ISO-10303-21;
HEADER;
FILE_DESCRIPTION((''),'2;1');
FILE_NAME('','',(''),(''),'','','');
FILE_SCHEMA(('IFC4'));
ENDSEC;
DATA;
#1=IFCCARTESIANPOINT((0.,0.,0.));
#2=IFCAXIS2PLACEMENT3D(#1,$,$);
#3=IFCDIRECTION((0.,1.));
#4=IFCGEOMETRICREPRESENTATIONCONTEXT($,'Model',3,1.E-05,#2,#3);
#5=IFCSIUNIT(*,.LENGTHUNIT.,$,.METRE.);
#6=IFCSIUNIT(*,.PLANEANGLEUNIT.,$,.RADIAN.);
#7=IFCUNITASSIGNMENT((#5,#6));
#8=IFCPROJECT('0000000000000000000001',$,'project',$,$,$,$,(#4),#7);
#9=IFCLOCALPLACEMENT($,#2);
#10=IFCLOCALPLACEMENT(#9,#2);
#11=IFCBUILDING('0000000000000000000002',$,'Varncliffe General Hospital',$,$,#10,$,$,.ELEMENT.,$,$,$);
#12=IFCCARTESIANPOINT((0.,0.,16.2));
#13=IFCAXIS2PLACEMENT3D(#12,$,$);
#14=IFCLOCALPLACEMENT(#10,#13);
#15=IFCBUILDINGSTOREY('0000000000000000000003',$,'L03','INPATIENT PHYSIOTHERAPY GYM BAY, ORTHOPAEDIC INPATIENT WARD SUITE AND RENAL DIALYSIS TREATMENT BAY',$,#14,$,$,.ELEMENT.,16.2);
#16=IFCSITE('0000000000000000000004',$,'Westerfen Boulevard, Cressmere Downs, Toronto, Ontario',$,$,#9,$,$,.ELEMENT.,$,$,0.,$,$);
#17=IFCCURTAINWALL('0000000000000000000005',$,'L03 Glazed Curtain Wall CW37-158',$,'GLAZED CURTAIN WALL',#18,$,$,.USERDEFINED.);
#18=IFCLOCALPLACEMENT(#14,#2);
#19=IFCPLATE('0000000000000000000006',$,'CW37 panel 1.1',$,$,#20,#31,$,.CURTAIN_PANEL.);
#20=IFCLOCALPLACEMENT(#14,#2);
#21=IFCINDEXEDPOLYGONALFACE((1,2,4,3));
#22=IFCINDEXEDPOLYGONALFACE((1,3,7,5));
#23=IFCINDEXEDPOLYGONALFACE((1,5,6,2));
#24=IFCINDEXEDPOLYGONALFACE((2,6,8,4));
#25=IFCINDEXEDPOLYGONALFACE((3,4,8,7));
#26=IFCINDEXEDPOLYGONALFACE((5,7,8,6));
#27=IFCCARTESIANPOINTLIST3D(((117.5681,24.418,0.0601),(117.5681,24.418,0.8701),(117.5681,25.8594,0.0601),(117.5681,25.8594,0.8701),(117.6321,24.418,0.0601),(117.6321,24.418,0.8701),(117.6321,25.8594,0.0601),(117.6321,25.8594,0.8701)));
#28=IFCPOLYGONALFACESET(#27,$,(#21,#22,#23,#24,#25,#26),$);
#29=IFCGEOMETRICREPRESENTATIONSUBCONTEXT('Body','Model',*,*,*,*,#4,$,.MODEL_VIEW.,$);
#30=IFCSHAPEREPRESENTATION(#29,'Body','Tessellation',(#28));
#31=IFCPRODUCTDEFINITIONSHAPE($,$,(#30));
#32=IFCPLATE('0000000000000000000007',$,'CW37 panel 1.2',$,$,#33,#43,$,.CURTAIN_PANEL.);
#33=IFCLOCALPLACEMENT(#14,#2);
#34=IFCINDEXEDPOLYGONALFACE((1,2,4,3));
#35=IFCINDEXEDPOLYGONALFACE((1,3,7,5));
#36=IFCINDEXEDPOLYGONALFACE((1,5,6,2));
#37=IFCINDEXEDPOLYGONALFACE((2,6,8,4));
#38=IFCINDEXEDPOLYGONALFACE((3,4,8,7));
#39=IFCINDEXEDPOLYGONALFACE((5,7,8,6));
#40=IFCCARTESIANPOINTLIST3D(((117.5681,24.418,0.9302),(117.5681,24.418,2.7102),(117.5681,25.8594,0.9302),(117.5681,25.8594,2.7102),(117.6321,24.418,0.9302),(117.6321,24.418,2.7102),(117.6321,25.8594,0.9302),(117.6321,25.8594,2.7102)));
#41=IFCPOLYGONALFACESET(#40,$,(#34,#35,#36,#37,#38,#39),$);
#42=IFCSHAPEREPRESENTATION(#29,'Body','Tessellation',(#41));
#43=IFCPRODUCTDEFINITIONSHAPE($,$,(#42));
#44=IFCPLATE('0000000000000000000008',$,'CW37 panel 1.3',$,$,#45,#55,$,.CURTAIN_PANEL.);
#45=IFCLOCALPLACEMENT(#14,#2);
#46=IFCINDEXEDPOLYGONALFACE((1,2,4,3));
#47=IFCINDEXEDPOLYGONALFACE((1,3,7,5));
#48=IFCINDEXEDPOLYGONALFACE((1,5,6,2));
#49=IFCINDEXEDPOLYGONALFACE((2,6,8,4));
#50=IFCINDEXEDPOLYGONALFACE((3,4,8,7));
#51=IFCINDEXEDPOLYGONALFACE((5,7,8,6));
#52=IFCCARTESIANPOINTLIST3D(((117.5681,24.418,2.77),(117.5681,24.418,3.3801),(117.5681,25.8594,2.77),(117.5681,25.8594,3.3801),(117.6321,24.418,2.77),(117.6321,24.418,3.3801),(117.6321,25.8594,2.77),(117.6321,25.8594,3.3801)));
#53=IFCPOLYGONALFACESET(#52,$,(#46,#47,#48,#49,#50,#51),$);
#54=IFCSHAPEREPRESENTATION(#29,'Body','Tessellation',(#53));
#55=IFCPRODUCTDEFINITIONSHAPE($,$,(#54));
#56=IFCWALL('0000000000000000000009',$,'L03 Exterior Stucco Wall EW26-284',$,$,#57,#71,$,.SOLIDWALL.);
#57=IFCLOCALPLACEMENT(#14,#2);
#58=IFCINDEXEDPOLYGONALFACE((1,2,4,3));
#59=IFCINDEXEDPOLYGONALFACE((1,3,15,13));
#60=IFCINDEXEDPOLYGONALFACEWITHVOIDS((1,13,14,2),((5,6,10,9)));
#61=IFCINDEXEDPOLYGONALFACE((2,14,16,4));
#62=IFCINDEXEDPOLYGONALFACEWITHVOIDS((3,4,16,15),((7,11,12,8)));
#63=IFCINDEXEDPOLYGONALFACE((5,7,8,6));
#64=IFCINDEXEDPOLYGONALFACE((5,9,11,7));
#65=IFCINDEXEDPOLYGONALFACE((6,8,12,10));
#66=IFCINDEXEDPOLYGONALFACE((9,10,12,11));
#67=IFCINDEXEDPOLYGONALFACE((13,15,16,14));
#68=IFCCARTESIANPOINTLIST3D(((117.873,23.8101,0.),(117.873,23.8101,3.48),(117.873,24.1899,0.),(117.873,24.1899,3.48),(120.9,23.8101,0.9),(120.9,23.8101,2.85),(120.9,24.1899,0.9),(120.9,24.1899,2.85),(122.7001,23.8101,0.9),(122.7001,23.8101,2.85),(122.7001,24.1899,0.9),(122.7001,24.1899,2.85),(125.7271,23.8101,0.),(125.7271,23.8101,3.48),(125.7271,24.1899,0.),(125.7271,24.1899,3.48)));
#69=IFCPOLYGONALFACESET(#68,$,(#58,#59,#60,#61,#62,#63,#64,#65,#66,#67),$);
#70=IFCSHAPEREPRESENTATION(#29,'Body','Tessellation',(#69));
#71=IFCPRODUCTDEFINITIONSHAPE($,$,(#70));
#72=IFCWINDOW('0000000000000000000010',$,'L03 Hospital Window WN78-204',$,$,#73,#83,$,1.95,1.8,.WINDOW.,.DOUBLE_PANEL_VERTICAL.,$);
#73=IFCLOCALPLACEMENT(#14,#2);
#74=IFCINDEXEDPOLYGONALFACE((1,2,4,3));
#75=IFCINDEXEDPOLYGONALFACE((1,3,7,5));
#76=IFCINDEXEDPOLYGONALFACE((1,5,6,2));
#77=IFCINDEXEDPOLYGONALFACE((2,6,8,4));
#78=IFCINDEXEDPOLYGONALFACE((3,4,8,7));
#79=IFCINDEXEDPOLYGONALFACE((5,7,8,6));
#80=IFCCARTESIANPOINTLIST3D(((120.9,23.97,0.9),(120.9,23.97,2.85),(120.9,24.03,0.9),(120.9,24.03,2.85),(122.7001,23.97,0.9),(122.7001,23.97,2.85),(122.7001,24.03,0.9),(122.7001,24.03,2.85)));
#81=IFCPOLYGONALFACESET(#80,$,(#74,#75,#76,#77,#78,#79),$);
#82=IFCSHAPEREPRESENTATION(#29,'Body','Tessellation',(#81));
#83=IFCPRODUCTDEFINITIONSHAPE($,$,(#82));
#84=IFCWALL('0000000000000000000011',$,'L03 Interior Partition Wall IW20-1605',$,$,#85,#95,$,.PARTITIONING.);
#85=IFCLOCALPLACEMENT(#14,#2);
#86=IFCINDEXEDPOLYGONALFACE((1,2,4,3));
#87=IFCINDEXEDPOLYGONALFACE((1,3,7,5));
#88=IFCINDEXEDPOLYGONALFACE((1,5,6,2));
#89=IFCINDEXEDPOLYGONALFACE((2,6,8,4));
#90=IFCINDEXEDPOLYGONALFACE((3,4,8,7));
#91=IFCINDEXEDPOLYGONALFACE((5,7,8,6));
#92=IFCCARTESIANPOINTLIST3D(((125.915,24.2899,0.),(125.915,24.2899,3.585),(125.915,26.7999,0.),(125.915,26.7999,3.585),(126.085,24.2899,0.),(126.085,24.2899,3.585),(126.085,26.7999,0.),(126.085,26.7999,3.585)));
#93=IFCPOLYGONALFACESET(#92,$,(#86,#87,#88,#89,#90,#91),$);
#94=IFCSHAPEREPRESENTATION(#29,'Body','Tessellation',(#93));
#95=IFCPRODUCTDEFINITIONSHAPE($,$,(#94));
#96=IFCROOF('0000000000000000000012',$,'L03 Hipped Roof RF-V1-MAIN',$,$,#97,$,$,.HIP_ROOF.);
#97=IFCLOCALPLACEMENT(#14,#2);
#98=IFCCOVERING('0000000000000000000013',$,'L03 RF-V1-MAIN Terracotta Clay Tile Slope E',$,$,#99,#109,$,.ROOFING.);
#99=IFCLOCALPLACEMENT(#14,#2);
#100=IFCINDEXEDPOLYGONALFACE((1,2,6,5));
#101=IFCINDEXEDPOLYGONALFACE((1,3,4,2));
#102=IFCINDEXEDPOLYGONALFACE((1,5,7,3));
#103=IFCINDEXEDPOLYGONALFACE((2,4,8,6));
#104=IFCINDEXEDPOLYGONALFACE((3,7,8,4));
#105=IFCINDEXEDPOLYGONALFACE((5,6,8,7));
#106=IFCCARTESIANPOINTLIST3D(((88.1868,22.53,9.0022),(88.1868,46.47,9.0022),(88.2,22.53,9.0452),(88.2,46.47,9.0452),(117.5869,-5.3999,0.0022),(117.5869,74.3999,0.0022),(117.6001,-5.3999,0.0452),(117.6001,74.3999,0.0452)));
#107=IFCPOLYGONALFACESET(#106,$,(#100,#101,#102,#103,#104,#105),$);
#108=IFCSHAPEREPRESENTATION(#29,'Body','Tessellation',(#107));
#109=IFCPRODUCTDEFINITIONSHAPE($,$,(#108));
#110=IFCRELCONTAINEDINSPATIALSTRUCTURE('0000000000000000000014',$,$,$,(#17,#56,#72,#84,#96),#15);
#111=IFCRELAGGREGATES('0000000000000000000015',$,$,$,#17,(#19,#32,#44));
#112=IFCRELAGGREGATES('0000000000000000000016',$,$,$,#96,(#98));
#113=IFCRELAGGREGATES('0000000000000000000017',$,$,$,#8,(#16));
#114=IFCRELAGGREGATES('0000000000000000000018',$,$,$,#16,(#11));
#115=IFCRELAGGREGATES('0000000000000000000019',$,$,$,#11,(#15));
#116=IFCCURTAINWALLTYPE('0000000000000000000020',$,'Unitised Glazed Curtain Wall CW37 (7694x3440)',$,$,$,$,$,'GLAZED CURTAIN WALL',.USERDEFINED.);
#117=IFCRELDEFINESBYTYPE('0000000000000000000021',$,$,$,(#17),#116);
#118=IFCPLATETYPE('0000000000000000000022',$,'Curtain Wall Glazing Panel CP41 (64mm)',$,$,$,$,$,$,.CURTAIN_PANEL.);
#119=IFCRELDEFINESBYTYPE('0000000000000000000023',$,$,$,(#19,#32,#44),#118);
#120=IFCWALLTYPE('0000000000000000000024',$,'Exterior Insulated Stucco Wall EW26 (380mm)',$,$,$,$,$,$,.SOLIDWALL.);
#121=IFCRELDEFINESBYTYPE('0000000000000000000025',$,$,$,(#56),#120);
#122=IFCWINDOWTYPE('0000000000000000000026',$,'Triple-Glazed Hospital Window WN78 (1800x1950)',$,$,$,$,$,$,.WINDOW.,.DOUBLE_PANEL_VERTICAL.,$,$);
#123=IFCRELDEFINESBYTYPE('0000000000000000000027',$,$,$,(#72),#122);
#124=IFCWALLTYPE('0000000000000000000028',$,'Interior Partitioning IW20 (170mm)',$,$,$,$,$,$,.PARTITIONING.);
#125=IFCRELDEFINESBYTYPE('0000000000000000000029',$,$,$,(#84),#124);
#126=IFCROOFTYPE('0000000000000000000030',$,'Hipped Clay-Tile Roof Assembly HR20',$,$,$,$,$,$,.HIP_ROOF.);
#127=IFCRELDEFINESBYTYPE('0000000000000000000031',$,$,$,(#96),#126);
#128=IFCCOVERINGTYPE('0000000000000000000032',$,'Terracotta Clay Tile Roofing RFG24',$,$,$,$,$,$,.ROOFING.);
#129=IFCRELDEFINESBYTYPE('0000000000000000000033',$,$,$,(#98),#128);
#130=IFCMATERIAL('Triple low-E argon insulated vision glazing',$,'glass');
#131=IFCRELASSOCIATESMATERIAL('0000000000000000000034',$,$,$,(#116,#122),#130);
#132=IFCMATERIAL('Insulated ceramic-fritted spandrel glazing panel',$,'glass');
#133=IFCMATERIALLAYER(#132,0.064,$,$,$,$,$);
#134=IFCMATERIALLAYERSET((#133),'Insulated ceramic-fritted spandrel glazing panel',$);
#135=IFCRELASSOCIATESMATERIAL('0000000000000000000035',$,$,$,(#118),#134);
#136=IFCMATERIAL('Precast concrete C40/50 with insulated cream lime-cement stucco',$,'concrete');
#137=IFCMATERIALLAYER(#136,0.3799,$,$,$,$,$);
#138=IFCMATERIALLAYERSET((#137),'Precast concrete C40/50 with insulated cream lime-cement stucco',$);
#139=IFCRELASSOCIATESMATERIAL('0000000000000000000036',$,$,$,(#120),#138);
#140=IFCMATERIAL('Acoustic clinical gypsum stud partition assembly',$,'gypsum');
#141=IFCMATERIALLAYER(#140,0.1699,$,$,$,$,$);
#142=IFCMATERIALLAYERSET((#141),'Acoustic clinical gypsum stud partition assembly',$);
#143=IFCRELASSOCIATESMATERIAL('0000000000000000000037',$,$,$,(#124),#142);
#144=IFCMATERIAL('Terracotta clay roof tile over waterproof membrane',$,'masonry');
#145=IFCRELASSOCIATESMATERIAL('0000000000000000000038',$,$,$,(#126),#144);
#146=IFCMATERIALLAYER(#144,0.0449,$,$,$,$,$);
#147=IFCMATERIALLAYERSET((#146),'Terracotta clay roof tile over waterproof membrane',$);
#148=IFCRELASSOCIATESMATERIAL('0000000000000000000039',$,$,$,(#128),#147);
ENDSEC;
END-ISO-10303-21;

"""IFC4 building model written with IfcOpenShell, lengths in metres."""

from ifc_helpers import new_model, si_unit, direction, frame, frame_2d, origin, origin_2d, place, context, subcontext, project, spatial, polyline, rectangle, outline, extrude, material, layer, layer_set, type_object, element, fill, aggregate, save


model = new_model("IFC4")

# Units and contexts
model_context = context("Model", 3, precision=1e-05, world=origin(), true_north=direction((0.0, 1.0)))
body_context = subcontext(model_context, "Body", "Model", "MODEL_VIEW")
ifc_project = project(units=[si_unit("LENGTHUNIT", "METRE"), si_unit("PLANEANGLEUNIT", "RADIAN")], contexts=[model_context])

# Site, building, storey
site_placement = place(None, origin())
site = spatial("IfcSite", under=ifc_project, at=site_placement, Name="Westerfen Boulevard, Cressmere Downs, Toronto, Ontario", CompositionType="ELEMENT", RefElevation=0.0)
building_placement = place(site_placement, origin())
building = spatial("IfcBuilding", under=site, at=building_placement, Name="Varncliffe General Hospital", CompositionType="ELEMENT")
storey_placement = place(building_placement, frame((0.0, 0.0, 16.2)))
storey = spatial("IfcBuildingStorey", under=building, at=storey_placement, Name="L03", Description="INPATIENT PHYSIOTHERAPY GYM BAY, ORTHOPAEDIC INPATIENT WARD SUITE AND RENAL DIALYSIS TREATMENT BAY", CompositionType="ELEMENT", Elevation=16.2)

# Curtain wall
ifc_material_1 = material(Name="Triple low-E argon insulated vision glazing", Category="glass")
curtain_wall_type = type_object("IfcCurtainWallType", Name="Unitised Glazed Curtain Wall CW37 (7694x3440)", ElementType="GLAZED CURTAIN WALL", PredefinedType="USERDEFINED", material=ifc_material_1)
curtain_wall_placement = place(storey_placement, origin())
curtain_wall = element("IfcCurtainWall", 1, at=curtain_wall_placement, inside=storey, type_object=curtain_wall_type, Name="L03 Glazed Curtain Wall CW37-158", ObjectType="GLAZED CURTAIN WALL", PredefinedType="USERDEFINED")

# Plates
ifc_material_2 = material(Name="Insulated ceramic-fritted spandrel glazing panel", Category="glass")
ifc_layer_1 = layer(ifc_material_2, 0.064)
ifc_layer_set_1 = layer_set([ifc_layer_1], Name="Insulated ceramic-fritted spandrel glazing panel")
plate_type = type_object("IfcPlateType", Name="Curtain Wall Glazing Panel CP41 (64mm)", PredefinedType="CURTAIN_PANEL", material=ifc_layer_set_1)
plate_1_placement = place(storey_placement, frame((117.6001, 25.1387, 0.0601), z_axis=(0.0, 0.0, 1.0), x_axis=(0.0, 1.0, 0.0)))
plate_1 = element("IfcPlate", 2, at=plate_1_placement, type_object=plate_type, Name="CW37 panel 1.1", PredefinedType="CURTAIN_PANEL", context=body_context, shape_type="SweptSolid", body=[
    extrude(rectangle(XDim=1.4414, YDim=0.064, at=origin_2d()), origin(), (0.0, 0.0, 1.0), 0.8101),
])
plate_2_placement = place(storey_placement, frame((117.6001, 25.1387, 0.9302), z_axis=(0.0, 0.0, 1.0), x_axis=(0.0, 1.0, 0.0)))
plate_2 = element("IfcPlate", 3, at=plate_2_placement, type_object=plate_type, Name="CW37 panel 1.2", PredefinedType="CURTAIN_PANEL", context=body_context, shape_type="SweptSolid", body=[
    extrude(rectangle(XDim=1.4414, YDim=0.064, at=origin_2d()), origin(), (0.0, 0.0, 1.0), 1.78),
])
plate_3_placement = place(storey_placement, frame((117.6001, 25.1387, 2.77), z_axis=(0.0, 0.0, 1.0), x_axis=(0.0, 1.0, 0.0)))
plate_3 = element("IfcPlate", 4, at=plate_3_placement, type_object=plate_type, Name="CW37 panel 1.3", PredefinedType="CURTAIN_PANEL", context=body_context, shape_type="SweptSolid", body=[
    extrude(rectangle(XDim=1.4414, YDim=0.064, at=origin_2d()), origin(), (0.0, 0.0, 1.0), 0.6101),
])
aggregate(curtain_wall, [plate_1, plate_2, plate_3])

# Wall, opening, window
ifc_material_3 = material(Name="Precast concrete C40/50 with insulated cream lime-cement stucco", Category="concrete")
ifc_layer_2 = layer(ifc_material_3, 0.3799)
ifc_layer_set_2 = layer_set([ifc_layer_2], Name="Precast concrete C40/50 with insulated cream lime-cement stucco")
wall_type_1 = type_object("IfcWallType", Name="Exterior Insulated Stucco Wall EW26 (380mm)", PredefinedType="SOLIDWALL", material=ifc_layer_set_2)
wall_1_placement = place(storey_placement, frame((125.7271, 24.0, 0.0), z_axis=(0.0, 0.0, 1.0), x_axis=(-1.0, 0.0, 0.0)))
wall_1 = element("IfcWall", 5, at=wall_1_placement, inside=storey, type_object=wall_type_1, Name="L03 Exterior Stucco Wall EW26-284", PredefinedType="SOLIDWALL", context=body_context, shape_type="SweptSolid", body=[
    extrude(rectangle(XDim=7.854, YDim=0.3799, at=frame_2d((3.927, 0.0))), origin(), (0.0, 0.0, 1.0), 3.48),
])
opening_placement = place(wall_1_placement, frame((3.0271, 0.0, 0.8999)))
opening = element("IfcOpeningElement", 6, at=opening_placement, cuts=wall_1, PredefinedType="OPENING", context=body_context, shape_type="SweptSolid", body=[
    extrude(rectangle(XDim=1.8, YDim=1.95, at=frame_2d((0.8999, 0.9751))), frame((0.0, 0.2, 0.0), z_axis=(0.0, -1.0, 0.0), x_axis=(1.0, 0.0, 0.0)), (0.0, 0.0, 1.0), 0.3999),
])
window_type = type_object("IfcWindowType", Name="Triple-Glazed Hospital Window WN78 (1800x1950)", PartitioningType="DOUBLE_PANEL_VERTICAL", PredefinedType="WINDOW", material=ifc_material_1)
window_placement = place(opening_placement, origin())
window = element("IfcWindow", 7, at=window_placement, inside=storey, type_object=window_type, Name="L03 Hospital Window WN78-204", OverallHeight=1.95, OverallWidth=1.8, PartitioningType="DOUBLE_PANEL_VERTICAL", PredefinedType="WINDOW", context=body_context, shape_type="SweptSolid", body=[
    extrude(rectangle(XDim=1.8, YDim=1.95, at=frame_2d((0.8999, 0.9751))), frame((0.0, 0.03, 0.0), z_axis=(0.0, -1.0, 0.0), x_axis=(1.0, 0.0, 0.0)), (0.0, 0.0, 1.0), 0.0601),
])
fill(opening, window)

# Wall
ifc_material_4 = material(Name="Acoustic clinical gypsum stud partition assembly", Category="gypsum")
ifc_layer_3 = layer(ifc_material_4, 0.1699)
ifc_layer_set_3 = layer_set([ifc_layer_3], Name="Acoustic clinical gypsum stud partition assembly")
wall_type_2 = type_object("IfcWallType", Name="Interior Partitioning IW20 (170mm)", PredefinedType="PARTITIONING", material=ifc_layer_set_3)
wall_2_placement = place(storey_placement, frame((126.0, 24.29, 0.0), z_axis=(0.0, 0.0, 1.0), x_axis=(0.0, 1.0, 0.0)))
element("IfcWall", 8, at=wall_2_placement, inside=storey, type_object=wall_type_2, Name="L03 Interior Partition Wall IW20-1605", PredefinedType="PARTITIONING", context=body_context, shape_type="SweptSolid", body=[
    extrude(rectangle(XDim=2.51, YDim=0.1699, at=frame_2d((1.2549, 0.0))), origin(), (0.0, 0.0, 1.0), 3.585),
])

# Roof, covering
ifc_material_5 = material(Name="Terracotta clay roof tile over waterproof membrane", Category="masonry")
roof_type = type_object("IfcRoofType", Name="Hipped Clay-Tile Roof Assembly HR20", PredefinedType="HIP_ROOF", material=ifc_material_5)
roof_placement = place(storey_placement, origin())
roof = element("IfcRoof", 9, at=roof_placement, inside=storey, type_object=roof_type, Name="L03 Hipped Roof RF-V1-MAIN", PredefinedType="HIP_ROOF")
ifc_layer_4 = layer(ifc_material_5, 0.0449)
ifc_layer_set_4 = layer_set([ifc_layer_4], Name="Terracotta clay roof tile over waterproof membrane")
covering_type = type_object("IfcCoveringType", Name="Terracotta Clay Tile Roofing RFG24", PredefinedType="ROOFING", material=ifc_layer_set_4)
covering_placement = place(storey_placement, frame((117.6001, -5.3999, 0.0452), z_axis=(0.292713, 0.0, 0.9562), x_axis=(0.0, 1.0, 0.0)))
covering = element("IfcCovering", 10, at=covering_placement, type_object=covering_type, Name="L03 RF-V1-MAIN Terracotta Clay Tile Slope E", PredefinedType="ROOFING", context=body_context, shape_type="SweptSolid", body=[
    extrude(outline(polyline([(0.0, 0.0), (79.7998, 0.0), (51.8699, 30.7468), (27.9299, 30.7468), (0.0, 0.0)])), origin(), (0.0, 0.0, -1.0), 0.0449),
])
aggregate(roof, [covering])

save(model, "model.ifc")
